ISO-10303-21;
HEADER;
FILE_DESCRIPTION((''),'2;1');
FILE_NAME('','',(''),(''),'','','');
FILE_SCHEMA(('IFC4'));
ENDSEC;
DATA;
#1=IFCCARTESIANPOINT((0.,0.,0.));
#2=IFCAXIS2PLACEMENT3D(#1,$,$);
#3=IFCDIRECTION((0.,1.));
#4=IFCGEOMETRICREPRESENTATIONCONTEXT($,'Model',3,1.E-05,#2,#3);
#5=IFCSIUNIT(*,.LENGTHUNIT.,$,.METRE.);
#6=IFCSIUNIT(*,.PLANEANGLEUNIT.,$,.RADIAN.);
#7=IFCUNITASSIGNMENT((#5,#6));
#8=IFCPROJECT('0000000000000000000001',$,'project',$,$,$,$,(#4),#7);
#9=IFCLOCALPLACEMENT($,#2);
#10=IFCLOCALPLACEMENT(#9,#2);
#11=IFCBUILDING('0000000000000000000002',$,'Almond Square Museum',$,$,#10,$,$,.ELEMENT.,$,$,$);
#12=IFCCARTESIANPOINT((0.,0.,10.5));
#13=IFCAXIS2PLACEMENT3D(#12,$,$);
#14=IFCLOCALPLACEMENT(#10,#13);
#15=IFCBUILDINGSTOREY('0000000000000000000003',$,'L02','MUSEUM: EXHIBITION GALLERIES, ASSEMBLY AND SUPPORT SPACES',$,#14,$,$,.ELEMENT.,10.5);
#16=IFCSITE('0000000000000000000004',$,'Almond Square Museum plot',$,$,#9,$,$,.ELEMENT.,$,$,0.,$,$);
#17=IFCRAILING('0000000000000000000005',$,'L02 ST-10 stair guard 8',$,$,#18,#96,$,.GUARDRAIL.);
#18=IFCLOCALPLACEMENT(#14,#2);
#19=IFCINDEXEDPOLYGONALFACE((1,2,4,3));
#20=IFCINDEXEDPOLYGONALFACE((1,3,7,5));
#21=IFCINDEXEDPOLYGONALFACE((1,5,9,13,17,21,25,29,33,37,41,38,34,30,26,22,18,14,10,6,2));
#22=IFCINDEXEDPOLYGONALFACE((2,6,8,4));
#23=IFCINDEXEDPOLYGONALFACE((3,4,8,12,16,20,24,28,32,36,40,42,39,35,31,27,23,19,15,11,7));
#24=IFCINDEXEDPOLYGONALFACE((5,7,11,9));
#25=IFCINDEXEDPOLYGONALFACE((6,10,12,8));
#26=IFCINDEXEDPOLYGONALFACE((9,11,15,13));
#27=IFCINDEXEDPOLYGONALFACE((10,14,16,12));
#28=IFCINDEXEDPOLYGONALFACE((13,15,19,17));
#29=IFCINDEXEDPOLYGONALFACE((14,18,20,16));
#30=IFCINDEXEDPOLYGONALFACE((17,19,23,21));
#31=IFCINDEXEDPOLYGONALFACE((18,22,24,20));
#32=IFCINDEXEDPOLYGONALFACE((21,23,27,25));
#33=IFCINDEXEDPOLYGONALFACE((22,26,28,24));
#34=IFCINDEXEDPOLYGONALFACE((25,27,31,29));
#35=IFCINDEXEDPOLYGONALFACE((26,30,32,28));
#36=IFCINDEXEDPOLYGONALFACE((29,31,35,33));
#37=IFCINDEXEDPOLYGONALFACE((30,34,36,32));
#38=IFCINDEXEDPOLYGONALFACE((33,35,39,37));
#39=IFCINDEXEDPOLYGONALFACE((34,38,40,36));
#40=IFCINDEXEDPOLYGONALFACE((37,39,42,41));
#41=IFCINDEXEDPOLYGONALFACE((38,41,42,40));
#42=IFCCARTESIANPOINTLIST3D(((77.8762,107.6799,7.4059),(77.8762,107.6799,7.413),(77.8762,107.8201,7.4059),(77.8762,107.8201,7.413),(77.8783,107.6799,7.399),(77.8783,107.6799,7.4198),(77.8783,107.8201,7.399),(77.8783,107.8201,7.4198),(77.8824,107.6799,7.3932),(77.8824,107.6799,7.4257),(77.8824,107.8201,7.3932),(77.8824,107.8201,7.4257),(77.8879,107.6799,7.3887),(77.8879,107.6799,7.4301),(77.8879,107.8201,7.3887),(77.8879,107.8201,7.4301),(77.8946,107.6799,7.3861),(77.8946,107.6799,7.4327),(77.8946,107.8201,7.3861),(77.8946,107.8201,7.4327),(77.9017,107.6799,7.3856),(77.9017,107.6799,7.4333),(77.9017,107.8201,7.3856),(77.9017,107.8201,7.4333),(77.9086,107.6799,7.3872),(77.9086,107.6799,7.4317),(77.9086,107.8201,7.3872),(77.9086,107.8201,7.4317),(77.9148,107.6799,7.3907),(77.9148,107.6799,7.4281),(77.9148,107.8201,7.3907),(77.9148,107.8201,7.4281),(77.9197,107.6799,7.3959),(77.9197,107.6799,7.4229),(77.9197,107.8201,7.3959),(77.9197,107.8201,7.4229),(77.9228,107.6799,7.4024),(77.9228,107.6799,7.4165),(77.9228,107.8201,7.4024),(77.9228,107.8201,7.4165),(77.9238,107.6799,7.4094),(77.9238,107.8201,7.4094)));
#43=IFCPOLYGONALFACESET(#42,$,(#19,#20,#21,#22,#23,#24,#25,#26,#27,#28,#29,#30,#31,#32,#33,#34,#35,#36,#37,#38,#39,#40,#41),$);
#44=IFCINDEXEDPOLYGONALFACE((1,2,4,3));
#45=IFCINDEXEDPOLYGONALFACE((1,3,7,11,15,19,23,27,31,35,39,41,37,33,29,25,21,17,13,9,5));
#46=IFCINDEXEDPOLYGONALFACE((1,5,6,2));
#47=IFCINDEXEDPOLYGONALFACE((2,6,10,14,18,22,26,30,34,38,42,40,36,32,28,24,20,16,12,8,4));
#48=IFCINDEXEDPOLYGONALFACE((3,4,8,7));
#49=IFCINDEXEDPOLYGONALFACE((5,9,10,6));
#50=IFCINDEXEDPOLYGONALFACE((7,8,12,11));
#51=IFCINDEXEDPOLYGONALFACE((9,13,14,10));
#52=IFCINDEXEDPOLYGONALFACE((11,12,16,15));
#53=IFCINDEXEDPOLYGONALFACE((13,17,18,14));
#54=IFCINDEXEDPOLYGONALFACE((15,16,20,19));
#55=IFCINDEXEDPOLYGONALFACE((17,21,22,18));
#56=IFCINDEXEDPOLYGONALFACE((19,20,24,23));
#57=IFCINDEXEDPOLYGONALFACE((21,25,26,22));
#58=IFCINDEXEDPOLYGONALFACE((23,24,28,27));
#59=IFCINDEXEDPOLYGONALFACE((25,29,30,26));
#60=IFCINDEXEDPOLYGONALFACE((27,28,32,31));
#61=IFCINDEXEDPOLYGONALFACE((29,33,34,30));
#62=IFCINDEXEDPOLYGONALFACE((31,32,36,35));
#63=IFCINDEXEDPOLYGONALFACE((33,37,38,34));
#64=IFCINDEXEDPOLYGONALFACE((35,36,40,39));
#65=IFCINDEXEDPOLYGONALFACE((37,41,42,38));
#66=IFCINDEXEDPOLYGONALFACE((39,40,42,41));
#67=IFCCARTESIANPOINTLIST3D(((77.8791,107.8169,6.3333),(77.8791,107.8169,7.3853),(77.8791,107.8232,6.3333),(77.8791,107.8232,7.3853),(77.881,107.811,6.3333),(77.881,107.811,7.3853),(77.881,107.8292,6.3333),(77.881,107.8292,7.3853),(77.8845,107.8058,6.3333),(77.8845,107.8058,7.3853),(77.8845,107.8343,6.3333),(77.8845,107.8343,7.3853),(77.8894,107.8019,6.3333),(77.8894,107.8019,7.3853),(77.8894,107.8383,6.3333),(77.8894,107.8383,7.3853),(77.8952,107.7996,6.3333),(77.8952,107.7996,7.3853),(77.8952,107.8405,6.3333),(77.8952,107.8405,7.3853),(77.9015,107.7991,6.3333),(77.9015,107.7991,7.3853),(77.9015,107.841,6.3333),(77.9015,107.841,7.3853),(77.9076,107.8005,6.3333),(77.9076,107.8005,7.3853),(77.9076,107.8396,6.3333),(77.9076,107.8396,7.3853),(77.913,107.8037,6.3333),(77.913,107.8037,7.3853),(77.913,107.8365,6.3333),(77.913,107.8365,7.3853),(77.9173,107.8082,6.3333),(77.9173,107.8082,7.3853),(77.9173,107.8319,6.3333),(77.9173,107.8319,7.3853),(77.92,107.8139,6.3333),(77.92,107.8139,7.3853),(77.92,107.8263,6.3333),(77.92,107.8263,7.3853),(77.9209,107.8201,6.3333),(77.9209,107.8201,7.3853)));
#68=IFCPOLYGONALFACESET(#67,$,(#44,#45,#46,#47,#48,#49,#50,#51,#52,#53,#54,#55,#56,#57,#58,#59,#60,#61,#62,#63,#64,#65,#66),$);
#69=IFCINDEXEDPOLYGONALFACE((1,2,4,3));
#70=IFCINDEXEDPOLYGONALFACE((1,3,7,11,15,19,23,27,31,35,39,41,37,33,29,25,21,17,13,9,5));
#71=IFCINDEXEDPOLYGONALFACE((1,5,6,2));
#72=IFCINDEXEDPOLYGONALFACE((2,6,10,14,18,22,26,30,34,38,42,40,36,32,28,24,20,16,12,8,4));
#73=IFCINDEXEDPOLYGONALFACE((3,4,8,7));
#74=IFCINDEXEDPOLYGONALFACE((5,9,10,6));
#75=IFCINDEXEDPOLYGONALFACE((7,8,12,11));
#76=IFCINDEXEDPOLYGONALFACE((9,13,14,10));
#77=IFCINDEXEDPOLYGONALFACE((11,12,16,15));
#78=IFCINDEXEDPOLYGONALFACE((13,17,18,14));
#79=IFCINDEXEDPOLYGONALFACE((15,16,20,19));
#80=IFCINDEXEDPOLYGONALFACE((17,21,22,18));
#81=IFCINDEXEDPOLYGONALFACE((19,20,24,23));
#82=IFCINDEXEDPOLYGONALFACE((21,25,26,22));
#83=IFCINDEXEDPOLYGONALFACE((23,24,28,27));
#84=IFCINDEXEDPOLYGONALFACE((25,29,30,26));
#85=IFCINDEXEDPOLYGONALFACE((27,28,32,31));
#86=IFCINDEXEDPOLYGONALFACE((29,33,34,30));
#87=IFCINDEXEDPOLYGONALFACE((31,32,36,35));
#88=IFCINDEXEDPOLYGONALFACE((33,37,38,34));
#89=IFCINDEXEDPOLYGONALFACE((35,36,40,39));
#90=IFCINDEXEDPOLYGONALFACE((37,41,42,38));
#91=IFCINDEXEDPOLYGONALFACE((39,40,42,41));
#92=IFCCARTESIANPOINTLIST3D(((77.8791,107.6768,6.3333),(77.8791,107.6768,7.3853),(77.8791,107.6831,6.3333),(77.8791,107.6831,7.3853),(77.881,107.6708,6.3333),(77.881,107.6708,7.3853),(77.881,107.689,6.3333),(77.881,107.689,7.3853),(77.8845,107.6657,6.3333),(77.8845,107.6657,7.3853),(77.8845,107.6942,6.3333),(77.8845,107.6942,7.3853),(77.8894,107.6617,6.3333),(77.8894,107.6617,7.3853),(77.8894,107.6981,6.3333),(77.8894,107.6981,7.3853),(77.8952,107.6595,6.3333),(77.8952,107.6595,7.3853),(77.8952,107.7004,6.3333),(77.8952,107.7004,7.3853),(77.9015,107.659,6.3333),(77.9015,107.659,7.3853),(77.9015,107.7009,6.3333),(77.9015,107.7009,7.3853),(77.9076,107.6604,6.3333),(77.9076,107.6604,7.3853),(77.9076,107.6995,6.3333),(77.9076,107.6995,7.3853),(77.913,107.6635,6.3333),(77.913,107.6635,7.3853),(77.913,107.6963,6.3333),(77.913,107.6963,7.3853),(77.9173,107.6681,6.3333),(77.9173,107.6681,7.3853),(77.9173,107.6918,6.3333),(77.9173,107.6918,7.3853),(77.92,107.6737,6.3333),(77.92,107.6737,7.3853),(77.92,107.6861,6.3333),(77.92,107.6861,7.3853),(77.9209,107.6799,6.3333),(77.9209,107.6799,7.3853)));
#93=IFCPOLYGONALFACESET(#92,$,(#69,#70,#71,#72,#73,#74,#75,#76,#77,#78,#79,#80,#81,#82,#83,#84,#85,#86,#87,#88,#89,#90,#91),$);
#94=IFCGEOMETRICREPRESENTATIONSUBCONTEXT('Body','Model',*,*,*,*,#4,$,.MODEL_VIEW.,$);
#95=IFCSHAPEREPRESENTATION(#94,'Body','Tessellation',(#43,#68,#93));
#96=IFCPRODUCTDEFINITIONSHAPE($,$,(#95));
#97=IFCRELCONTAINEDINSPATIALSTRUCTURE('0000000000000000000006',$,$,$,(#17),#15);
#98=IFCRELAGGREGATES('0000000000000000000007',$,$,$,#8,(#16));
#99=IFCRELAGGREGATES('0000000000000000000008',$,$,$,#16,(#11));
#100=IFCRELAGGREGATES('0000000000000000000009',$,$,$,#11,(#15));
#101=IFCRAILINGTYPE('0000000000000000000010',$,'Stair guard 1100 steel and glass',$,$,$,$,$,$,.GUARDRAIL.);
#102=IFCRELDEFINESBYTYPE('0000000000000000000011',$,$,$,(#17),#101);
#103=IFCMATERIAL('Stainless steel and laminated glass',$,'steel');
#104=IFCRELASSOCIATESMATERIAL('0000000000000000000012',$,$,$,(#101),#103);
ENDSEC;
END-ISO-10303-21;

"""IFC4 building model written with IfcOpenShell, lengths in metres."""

from ifc_helpers import new_model, si_unit, direction, frame, origin, origin_2d, place, context, subcontext, project, spatial, circle, extrude, material, type_object, element, save


model = new_model("IFC4")

# Units and contexts
model_context = context("Model", 3, precision=1e-05, world=origin(), true_north=direction((0.0, 1.0)))
body_context = subcontext(model_context, "Body", "Model", "MODEL_VIEW")
ifc_project = project(units=[si_unit("LENGTHUNIT", "METRE"), si_unit("PLANEANGLEUNIT", "RADIAN")], contexts=[model_context])

# Site, building, storey
site_placement = place(None, origin())
site = spatial("IfcSite", under=ifc_project, at=site_placement, Name="Almond Square Museum plot", CompositionType="ELEMENT", RefElevation=0.0)
building_placement = place(site_placement, origin())
building = spatial("IfcBuilding", under=site, at=building_placement, Name="Almond Square Museum", CompositionType="ELEMENT")
storey_placement = place(building_placement, frame((0.0, 0.0, 10.5)))
storey = spatial("IfcBuildingStorey", under=building, at=storey_placement, Name="L02", Description="MUSEUM: EXHIBITION GALLERIES, ASSEMBLY AND SUPPORT SPACES", CompositionType="ELEMENT", Elevation=10.5)

# Railing
ifc_material_1 = material(Name="Stainless steel and laminated glass", Category="steel")
railing_type_1 = type_object("IfcRailingType", Name="Stair guard 1100 steel and glass", PredefinedType="GUARDRAIL", material=ifc_material_1)
railing_1_placement = place(storey_placement, frame((77.8999, 107.8201, 6.3333)))
element("IfcRailing", 1, at=railing_1_placement, inside=storey, type_object=railing_type_1, Name="L02 ST-10 stair guard 8", PredefinedType="GUARDRAIL", context=body_context, shape_type="SweptSolid", body=[
    extrude(circle(Radius=0.0239, at=origin_2d()), frame((0.0, 0.0, 1.0762), z_axis=(0.0, -1.0, 0.0), x_axis=(1.0, 0.0, 0.0)), (0.0, 0.0, 1.0), 0.1401),
    extrude(circle(Radius=0.021, at=origin_2d()), origin(), (0.0, 0.0, 1.0), 1.052),
    extrude(circle(Radius=0.021, at=origin_2d()), frame((0.0, -0.1401, 0.0)), (0.0, 0.0, 1.0), 1.052),
])

save(model, "model.ifc")
